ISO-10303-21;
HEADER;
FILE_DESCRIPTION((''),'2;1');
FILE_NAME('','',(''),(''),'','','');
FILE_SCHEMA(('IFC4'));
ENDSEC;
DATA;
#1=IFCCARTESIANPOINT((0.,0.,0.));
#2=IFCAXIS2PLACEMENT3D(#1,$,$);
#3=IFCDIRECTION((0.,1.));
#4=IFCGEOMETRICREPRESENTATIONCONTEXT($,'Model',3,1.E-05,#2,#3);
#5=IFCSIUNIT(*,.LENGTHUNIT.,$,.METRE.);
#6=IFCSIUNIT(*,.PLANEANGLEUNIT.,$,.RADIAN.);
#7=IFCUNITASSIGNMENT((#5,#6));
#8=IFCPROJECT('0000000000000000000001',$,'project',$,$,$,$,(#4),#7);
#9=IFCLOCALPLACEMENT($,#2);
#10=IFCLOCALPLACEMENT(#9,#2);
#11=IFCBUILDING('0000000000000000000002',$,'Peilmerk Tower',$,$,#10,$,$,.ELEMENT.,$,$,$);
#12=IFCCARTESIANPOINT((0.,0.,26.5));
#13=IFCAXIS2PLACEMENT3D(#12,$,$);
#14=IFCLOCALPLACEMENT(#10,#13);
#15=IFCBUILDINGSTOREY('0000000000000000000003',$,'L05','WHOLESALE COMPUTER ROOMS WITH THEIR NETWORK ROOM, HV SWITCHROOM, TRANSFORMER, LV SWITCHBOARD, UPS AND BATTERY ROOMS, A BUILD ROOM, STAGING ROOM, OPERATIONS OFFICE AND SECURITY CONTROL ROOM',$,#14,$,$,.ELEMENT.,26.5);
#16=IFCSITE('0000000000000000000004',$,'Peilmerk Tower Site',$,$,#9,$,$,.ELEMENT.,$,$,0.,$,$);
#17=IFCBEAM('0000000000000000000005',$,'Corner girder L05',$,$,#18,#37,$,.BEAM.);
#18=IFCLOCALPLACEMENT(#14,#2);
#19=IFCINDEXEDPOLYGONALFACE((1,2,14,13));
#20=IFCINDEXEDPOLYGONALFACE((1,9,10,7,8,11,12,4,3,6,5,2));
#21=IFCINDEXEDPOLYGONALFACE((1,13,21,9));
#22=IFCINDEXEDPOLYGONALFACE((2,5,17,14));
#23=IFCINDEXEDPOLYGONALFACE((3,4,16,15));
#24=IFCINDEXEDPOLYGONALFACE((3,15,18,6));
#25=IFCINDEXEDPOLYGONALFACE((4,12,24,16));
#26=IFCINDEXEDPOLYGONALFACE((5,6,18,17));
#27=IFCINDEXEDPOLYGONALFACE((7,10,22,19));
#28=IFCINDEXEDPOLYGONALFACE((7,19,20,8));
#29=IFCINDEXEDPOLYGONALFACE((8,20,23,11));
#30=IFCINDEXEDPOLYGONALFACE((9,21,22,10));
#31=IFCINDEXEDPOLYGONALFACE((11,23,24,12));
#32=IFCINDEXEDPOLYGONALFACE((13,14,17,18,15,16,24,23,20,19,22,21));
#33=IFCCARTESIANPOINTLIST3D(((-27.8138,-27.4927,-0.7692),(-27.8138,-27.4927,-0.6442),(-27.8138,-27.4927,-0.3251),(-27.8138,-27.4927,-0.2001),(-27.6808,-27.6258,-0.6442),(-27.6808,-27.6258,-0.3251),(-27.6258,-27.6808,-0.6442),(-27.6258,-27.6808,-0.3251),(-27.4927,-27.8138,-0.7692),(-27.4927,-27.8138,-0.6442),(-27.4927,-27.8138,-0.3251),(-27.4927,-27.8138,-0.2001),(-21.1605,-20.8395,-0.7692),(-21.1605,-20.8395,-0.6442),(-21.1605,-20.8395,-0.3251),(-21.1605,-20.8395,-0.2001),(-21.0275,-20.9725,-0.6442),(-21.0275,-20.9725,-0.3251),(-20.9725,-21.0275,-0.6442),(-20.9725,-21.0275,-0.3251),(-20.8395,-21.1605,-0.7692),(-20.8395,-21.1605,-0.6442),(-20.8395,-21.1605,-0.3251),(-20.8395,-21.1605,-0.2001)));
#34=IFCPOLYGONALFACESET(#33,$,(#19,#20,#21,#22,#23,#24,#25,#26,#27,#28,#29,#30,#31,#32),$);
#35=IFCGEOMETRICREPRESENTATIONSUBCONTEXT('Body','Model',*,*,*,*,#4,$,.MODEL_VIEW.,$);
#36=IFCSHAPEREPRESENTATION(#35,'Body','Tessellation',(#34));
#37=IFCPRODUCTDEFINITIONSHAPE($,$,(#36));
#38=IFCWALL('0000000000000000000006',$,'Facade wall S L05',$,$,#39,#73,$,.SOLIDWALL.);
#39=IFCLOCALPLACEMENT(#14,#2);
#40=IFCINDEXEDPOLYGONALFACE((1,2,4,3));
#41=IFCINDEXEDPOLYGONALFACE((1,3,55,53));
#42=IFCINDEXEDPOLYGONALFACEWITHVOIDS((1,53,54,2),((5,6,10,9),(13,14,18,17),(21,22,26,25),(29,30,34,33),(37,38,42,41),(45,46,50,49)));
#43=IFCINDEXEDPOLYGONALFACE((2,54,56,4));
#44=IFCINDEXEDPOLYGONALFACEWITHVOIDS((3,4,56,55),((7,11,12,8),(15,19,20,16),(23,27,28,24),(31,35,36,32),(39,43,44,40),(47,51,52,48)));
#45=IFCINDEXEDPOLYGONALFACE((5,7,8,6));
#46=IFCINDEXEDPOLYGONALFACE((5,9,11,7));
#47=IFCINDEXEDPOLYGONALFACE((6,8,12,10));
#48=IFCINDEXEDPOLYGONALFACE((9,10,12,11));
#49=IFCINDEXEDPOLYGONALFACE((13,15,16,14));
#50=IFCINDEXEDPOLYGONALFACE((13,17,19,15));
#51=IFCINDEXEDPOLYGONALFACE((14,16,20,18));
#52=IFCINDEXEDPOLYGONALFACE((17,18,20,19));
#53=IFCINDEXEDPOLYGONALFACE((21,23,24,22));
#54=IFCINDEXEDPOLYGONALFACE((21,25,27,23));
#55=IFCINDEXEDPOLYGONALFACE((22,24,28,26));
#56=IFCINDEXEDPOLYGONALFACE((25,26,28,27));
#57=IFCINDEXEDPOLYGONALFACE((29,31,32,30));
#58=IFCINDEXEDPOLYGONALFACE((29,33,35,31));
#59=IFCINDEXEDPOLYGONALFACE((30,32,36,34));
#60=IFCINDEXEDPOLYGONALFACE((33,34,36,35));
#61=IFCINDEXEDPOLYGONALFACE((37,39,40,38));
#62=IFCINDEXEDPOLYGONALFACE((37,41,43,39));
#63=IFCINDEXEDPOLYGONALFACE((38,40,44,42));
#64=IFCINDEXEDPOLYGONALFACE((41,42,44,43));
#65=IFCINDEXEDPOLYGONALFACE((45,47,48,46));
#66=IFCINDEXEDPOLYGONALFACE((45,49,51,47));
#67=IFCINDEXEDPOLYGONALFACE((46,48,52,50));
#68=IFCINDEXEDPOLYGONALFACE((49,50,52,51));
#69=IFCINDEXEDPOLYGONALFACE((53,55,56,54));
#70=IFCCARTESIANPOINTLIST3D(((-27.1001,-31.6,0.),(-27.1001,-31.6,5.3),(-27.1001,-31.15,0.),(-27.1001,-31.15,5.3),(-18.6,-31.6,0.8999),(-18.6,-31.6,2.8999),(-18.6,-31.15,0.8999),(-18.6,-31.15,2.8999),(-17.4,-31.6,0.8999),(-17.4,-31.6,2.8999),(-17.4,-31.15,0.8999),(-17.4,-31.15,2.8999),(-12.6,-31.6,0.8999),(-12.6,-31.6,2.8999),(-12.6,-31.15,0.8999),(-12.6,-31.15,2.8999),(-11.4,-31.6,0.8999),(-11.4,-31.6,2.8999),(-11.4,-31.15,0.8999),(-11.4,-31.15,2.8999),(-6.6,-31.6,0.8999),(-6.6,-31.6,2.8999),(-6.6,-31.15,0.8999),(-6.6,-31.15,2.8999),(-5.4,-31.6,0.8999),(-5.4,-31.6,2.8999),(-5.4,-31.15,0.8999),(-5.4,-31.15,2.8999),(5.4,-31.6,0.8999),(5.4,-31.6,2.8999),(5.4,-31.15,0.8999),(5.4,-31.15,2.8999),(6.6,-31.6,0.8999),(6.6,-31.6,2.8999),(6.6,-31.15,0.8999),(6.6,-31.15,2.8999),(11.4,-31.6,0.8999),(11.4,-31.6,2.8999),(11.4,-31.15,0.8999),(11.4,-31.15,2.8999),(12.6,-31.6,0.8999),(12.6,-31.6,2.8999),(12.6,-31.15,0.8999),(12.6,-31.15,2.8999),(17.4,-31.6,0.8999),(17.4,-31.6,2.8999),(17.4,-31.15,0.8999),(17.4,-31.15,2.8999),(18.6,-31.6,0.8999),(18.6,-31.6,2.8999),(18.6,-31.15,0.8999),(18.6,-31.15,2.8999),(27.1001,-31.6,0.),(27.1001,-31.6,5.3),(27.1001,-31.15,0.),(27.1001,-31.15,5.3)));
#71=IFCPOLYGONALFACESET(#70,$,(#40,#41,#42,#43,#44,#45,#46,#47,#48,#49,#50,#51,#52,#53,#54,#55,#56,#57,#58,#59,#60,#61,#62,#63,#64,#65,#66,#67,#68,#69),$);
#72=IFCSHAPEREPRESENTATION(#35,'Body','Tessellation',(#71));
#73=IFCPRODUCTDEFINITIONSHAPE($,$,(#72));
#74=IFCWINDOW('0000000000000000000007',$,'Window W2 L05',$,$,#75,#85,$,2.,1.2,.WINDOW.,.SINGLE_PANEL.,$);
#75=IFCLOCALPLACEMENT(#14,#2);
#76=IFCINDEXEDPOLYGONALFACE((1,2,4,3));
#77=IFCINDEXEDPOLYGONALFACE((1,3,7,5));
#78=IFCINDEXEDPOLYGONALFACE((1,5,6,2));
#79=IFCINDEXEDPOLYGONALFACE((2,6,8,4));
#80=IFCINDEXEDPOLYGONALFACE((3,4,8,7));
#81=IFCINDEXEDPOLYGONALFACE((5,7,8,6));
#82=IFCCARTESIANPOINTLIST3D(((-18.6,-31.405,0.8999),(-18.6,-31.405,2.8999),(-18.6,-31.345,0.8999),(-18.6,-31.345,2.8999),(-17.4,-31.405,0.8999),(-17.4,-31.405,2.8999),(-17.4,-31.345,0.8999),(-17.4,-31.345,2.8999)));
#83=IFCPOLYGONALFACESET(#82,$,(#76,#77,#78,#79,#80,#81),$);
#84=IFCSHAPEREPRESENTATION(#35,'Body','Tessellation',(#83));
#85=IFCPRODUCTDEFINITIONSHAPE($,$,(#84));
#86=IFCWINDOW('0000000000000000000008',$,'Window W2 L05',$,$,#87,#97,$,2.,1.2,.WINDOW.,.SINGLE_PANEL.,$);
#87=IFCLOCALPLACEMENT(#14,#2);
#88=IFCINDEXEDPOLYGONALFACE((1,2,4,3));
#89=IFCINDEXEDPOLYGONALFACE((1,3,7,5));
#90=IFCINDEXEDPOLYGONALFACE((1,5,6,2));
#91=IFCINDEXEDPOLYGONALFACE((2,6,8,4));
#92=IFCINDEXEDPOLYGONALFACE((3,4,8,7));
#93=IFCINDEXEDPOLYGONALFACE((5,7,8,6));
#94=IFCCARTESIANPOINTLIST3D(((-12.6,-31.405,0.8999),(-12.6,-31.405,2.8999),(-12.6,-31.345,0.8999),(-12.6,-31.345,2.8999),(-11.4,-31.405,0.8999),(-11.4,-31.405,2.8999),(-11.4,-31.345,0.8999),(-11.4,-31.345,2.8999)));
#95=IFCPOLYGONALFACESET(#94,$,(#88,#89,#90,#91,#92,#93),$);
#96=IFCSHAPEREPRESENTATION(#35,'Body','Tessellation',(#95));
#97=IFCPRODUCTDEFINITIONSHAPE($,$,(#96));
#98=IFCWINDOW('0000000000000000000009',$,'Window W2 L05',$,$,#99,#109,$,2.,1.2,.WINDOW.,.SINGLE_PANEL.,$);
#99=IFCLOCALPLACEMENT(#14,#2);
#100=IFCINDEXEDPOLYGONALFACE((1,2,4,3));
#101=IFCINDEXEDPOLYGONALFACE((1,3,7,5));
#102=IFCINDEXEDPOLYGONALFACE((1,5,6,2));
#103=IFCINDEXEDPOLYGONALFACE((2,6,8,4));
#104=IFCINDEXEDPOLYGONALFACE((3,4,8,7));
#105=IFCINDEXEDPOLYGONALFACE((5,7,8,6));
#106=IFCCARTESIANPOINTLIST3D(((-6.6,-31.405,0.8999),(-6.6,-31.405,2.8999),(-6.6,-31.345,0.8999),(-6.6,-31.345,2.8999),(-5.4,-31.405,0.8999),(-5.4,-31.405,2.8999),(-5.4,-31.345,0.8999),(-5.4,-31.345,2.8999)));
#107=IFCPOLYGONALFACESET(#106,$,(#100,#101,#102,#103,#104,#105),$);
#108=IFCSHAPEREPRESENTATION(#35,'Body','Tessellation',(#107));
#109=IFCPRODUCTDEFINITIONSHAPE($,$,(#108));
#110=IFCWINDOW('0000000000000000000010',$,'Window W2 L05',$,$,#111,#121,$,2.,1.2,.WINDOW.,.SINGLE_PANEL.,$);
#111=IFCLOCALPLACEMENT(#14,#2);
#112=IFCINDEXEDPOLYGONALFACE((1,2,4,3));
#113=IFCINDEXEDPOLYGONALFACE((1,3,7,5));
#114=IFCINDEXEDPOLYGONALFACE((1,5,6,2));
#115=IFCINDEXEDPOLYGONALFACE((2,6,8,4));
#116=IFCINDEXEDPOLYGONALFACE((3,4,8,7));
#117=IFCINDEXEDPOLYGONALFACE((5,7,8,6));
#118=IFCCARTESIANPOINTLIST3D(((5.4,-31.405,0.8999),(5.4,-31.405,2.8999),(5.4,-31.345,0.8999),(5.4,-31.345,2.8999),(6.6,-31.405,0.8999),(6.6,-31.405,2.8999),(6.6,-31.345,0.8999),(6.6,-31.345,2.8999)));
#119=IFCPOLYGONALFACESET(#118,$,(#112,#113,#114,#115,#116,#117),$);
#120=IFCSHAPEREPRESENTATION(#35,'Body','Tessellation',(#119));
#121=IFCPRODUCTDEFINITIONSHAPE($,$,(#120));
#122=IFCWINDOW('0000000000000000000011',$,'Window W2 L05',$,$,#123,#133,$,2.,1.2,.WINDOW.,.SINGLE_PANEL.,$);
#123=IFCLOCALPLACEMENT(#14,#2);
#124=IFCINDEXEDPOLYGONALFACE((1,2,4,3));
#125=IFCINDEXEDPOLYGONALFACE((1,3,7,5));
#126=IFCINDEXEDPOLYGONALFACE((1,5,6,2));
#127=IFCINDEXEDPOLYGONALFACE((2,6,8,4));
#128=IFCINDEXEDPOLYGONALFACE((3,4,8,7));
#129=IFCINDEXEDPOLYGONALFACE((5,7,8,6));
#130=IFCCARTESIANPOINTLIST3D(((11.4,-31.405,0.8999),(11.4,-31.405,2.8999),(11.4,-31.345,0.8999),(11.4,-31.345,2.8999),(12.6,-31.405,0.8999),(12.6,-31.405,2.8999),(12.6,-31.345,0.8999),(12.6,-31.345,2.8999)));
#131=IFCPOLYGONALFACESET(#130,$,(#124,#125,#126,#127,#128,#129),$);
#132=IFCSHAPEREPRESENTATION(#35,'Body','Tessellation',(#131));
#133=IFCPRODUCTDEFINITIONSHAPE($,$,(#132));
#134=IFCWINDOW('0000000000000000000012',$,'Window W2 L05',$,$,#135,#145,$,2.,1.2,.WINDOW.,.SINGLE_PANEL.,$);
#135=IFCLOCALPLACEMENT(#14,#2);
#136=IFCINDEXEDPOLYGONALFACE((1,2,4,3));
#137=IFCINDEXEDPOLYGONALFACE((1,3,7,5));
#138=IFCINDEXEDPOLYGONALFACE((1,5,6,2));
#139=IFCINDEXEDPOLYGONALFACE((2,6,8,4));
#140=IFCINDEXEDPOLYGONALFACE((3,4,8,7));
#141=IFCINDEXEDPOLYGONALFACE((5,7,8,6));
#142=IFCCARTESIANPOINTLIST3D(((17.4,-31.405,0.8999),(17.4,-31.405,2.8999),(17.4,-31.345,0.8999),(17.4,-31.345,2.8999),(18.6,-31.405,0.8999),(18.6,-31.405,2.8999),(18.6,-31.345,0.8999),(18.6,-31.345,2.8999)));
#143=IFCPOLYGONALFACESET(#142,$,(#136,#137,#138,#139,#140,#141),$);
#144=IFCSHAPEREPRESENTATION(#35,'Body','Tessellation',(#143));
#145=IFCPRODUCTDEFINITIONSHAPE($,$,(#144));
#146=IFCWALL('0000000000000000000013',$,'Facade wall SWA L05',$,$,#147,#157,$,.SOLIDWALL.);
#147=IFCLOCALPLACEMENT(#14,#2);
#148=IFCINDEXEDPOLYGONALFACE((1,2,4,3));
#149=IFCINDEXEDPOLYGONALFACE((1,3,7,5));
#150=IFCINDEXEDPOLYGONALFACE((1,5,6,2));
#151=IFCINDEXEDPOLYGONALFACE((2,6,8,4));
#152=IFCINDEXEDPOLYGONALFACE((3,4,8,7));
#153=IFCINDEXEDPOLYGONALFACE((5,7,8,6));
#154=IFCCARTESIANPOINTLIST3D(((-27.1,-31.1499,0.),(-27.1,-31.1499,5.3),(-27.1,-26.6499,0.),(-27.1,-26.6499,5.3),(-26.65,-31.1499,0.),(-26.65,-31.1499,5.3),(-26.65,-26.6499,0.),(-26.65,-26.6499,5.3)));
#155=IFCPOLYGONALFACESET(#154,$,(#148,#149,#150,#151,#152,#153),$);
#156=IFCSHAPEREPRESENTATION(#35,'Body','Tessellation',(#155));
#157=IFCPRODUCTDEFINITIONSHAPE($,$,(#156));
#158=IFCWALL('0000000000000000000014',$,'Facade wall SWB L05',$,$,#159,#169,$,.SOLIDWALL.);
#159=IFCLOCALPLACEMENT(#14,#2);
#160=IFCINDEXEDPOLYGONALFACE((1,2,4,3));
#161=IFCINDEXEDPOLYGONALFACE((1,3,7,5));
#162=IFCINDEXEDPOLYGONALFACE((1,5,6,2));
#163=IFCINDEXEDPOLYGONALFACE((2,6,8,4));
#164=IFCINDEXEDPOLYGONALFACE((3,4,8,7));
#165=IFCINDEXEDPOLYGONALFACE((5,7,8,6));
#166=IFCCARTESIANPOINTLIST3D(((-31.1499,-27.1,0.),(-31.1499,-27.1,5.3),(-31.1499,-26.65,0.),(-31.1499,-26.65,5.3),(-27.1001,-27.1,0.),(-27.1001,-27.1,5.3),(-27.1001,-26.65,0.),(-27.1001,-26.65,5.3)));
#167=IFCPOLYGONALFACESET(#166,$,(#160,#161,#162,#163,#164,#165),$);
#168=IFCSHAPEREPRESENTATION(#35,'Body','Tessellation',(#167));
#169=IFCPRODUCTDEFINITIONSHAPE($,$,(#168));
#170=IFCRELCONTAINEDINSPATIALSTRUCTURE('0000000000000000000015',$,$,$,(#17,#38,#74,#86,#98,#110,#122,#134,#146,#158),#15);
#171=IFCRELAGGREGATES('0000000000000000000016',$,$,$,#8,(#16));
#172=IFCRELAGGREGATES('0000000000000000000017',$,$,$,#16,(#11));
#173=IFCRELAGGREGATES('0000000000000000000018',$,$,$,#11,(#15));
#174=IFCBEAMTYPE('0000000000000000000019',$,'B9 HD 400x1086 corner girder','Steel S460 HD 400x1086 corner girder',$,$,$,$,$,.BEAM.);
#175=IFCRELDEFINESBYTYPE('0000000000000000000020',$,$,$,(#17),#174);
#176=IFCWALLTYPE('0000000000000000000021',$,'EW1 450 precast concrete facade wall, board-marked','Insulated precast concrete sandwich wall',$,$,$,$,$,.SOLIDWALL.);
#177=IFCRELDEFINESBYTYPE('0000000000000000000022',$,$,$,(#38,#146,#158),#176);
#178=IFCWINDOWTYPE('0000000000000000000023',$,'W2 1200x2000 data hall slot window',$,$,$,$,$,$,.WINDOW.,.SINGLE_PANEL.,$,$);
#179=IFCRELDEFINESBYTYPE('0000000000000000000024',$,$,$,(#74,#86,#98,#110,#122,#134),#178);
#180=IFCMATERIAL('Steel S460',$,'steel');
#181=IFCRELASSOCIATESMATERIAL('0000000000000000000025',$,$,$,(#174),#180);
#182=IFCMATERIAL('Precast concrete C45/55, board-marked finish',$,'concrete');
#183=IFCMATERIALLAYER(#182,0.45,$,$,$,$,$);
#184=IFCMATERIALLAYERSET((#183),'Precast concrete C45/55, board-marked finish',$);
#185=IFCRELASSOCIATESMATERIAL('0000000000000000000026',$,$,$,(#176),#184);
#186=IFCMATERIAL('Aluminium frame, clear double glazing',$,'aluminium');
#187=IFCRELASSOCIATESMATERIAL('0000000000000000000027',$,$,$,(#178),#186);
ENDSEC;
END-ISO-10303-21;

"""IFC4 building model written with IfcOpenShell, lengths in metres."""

from ifc_helpers import new_model, si_unit, direction, frame, frame_2d, origin, origin_2d, place, context, subcontext, project, spatial, rectangle, i_section, extrude, material, layer, layer_set, material_profile, profile_set, type_object, element, fill, save


model = new_model("IFC4")

# Units and contexts
model_context = context("Model", 3, precision=1e-05, world=origin(), true_north=direction((0.0, 1.0)))
body_context = subcontext(model_context, "Body", "Model", "MODEL_VIEW")
ifc_project = project(units=[si_unit("LENGTHUNIT", "METRE"), si_unit("PLANEANGLEUNIT", "RADIAN")], contexts=[model_context])

# Site, building, storey
site_placement = place(None, origin())
site = spatial("IfcSite", under=ifc_project, at=site_placement, Name="Peilmerk Tower Site", CompositionType="ELEMENT", RefElevation=0.0)
building_placement = place(site_placement, origin())
building = spatial("IfcBuilding", under=site, at=building_placement, Name="Peilmerk Tower", CompositionType="ELEMENT")
storey_placement = place(building_placement, frame((0.0, 0.0, 26.5)))
storey = spatial("IfcBuildingStorey", under=building, at=storey_placement, Name="L05", Description="WHOLESALE COMPUTER ROOMS WITH THEIR NETWORK ROOM, HV SWITCHROOM, TRANSFORMER, LV SWITCHBOARD, UPS AND BATTERY ROOMS, A BUILD ROOM, STAGING ROOM, OPERATIONS OFFICE AND SECURITY CONTROL ROOM", CompositionType="ELEMENT", Elevation=26.5)

# Beam
ifc_material_1 = material(Name="Steel S460", Category="steel")
ifc_material_profile_1 = material_profile(ifc_material_1, i_section(OverallWidth=0.4541, OverallDepth=0.5691, WebThickness=0.0779, FlangeThickness=0.125, at=origin_2d()), Name="HD 400x1086")
ifc_profile_set_1 = profile_set([ifc_material_profile_1], Name="Steel S460")
beam_type_1 = type_object("IfcBeamType", Name="B9 HD 400x1086 corner girder", Description="Steel S460 HD 400x1086 corner girder", PredefinedType="BEAM", material=ifc_profile_set_1)
beam_1_placement = place(storey_placement, frame((-21.0, -21.0, -0.4846), z_axis=(-0.707107, -0.707107, 0.0), x_axis=(0.707107, -0.707107, 0.0)))
element("IfcBeam", 1, at=beam_1_placement, inside=storey, type_object=beam_type_1, Name="Corner girder L05", PredefinedType="BEAM", context=body_context, shape_type="SweptSolid", body=[
    extrude(i_section(OverallWidth=0.4541, OverallDepth=0.5691, WebThickness=0.0779, FlangeThickness=0.125, at=origin_2d()), origin(), (0.0, 0.0, 1.0), 9.4092),
])

# Wall, openings, windows
ifc_material_2 = material(Name="Precast concrete C45/55, board-marked finish", Category="concrete")
ifc_layer = layer(ifc_material_2, 0.45)
ifc_layer_set = layer_set([ifc_layer], Name="Precast concrete C45/55, board-marked finish")
wall_type = type_object("IfcWallType", Name="EW1 450 precast concrete facade wall, board-marked", Description="Insulated precast concrete sandwich wall", PredefinedType="SOLIDWALL", material=ifc_layer_set)
wall_1_placement = place(storey_placement, frame((-27.1001, -31.375, 0.0), z_axis=(0.0, 0.0, 1.0), x_axis=(1.0, 0.0, 0.0)))
wall_1 = element("IfcWall", 2, at=wall_1_placement, inside=storey, type_object=wall_type, Name="Facade wall S L05", PredefinedType="SOLIDWALL", context=body_context, shape_type="SweptSolid", body=[
    extrude(rectangle(XDim=54.2002, YDim=0.45, at=frame_2d((27.1001, 0.0))), origin(), (0.0, 0.0, 1.0), 5.3),
])
opening_1_placement = place(wall_1_placement, frame((8.5, 0.0, 0.8999)))
opening_1 = element("IfcOpeningElement", 3, at=opening_1_placement, cuts=wall_1, PredefinedType="OPENING", context=body_context, shape_type="SweptSolid", body=[
    extrude(rectangle(XDim=1.2, YDim=2.0, at=frame_2d((0.6001, 1.0))), frame((0.0, 0.2349, 0.0), z_axis=(0.0, -1.0, 0.0), x_axis=(1.0, 0.0, 0.0)), (0.0, 0.0, 1.0), 0.47),
])
opening_2_placement = place(wall_1_placement, frame((14.5, 0.0, 0.8999)))
opening_2 = element("IfcOpeningElement", 4, at=opening_2_placement, cuts=wall_1, PredefinedType="OPENING", context=body_context, shape_type="SweptSolid", body=[
    extrude(rectangle(XDim=1.2, YDim=2.0, at=frame_2d((0.6001, 1.0))), frame((0.0, 0.2349, 0.0), z_axis=(0.0, -1.0, 0.0), x_axis=(1.0, 0.0, 0.0)), (0.0, 0.0, 1.0), 0.47),
])
opening_3_placement = place(wall_1_placement, frame((20.5, 0.0, 0.8999)))
opening_3 = element("IfcOpeningElement", 5, at=opening_3_placement, cuts=wall_1, PredefinedType="OPENING", context=body_context, shape_type="SweptSolid", body=[
    extrude(rectangle(XDim=1.2, YDim=2.0, at=frame_2d((0.6001, 1.0))), frame((0.0, 0.2349, 0.0), z_axis=(0.0, -1.0, 0.0), x_axis=(1.0, 0.0, 0.0)), (0.0, 0.0, 1.0), 0.47),
])
opening_4_placement = place(wall_1_placement, frame((32.5, 0.0, 0.8999)))
opening_4 = element("IfcOpeningElement", 6, at=opening_4_placement, cuts=wall_1, PredefinedType="OPENING", context=body_context, shape_type="SweptSolid", body=[
    extrude(rectangle(XDim=1.2, YDim=2.0, at=frame_2d((0.6001, 1.0))), frame((0.0, 0.2349, 0.0), z_axis=(0.0, -1.0, 0.0), x_axis=(1.0, 0.0, 0.0)), (0.0, 0.0, 1.0), 0.47),
])
opening_5_placement = place(wall_1_placement, frame((38.5, 0.0, 0.8999)))
opening_5 = element("IfcOpeningElement", 7, at=opening_5_placement, cuts=wall_1, PredefinedType="OPENING", context=body_context, shape_type="SweptSolid", body=[
    extrude(rectangle(XDim=1.2, YDim=2.0, at=frame_2d((0.6001, 1.0))), frame((0.0, 0.2349, 0.0), z_axis=(0.0, -1.0, 0.0), x_axis=(1.0, 0.0, 0.0)), (0.0, 0.0, 1.0), 0.47),
])
opening_6_placement = place(wall_1_placement, frame((44.5, 0.0, 0.8999)))
opening_6 = element("IfcOpeningElement", 8, at=opening_6_placement, cuts=wall_1, PredefinedType="OPENING", context=body_context, shape_type="SweptSolid", body=[
    extrude(rectangle(XDim=1.2, YDim=2.0, at=frame_2d((0.6001, 1.0))), frame((0.0, 0.2349, 0.0), z_axis=(0.0, -1.0, 0.0), x_axis=(1.0, 0.0, 0.0)), (0.0, 0.0, 1.0), 0.47),
])
ifc_material_3 = material(Name="Aluminium frame, clear double glazing", Category="aluminium")
window_type = type_object("IfcWindowType", Name="W2 1200x2000 data hall slot window", PartitioningType="SINGLE_PANEL", PredefinedType="WINDOW", material=ifc_material_3)
window_1_placement = place(opening_1_placement, origin())
window_1 = element("IfcWindow", 9, at=window_1_placement, inside=storey, type_object=window_type, Name="Window W2 L05", OverallHeight=2.0, OverallWidth=1.2, PartitioningType="SINGLE_PANEL", PredefinedType="WINDOW", context=body_context, shape_type="SweptSolid", body=[
    extrude(rectangle(XDim=1.2, YDim=2.0, at=frame_2d((0.6001, 1.0))), frame((0.0, 0.03, 0.0), z_axis=(0.0, -1.0, 0.0), x_axis=(1.0, 0.0, 0.0)), (0.0, 0.0, 1.0), 0.0601),
])
fill(opening_1, window_1)
window_2_placement = place(opening_2_placement, origin())
window_2 = element("IfcWindow", 10, at=window_2_placement, inside=storey, type_object=window_type, Name="Window W2 L05", OverallHeight=2.0, OverallWidth=1.2, PartitioningType="SINGLE_PANEL", PredefinedType="WINDOW", context=body_context, shape_type="SweptSolid", body=[
    extrude(rectangle(XDim=1.2, YDim=2.0, at=frame_2d((0.6001, 1.0))), frame((0.0, 0.03, 0.0), z_axis=(0.0, -1.0, 0.0), x_axis=(1.0, 0.0, 0.0)), (0.0, 0.0, 1.0), 0.0601),
])
fill(opening_2, window_2)
window_3_placement = place(opening_3_placement, origin())
window_3 = element("IfcWindow", 11, at=window_3_placement, inside=storey, type_object=window_type, Name="Window W2 L05", OverallHeight=2.0, OverallWidth=1.2, PartitioningType="SINGLE_PANEL", PredefinedType="WINDOW", context=body_context, shape_type="SweptSolid", body=[
    extrude(rectangle(XDim=1.2, YDim=2.0, at=frame_2d((0.6001, 1.0))), frame((0.0, 0.03, 0.0), z_axis=(0.0, -1.0, 0.0), x_axis=(1.0, 0.0, 0.0)), (0.0, 0.0, 1.0), 0.0601),
])
fill(opening_3, window_3)
window_4_placement = place(opening_4_placement, origin())
window_4 = element("IfcWindow", 12, at=window_4_placement, inside=storey, type_object=window_type, Name="Window W2 L05", OverallHeight=2.0, OverallWidth=1.2, PartitioningType="SINGLE_PANEL", PredefinedType="WINDOW", context=body_context, shape_type="SweptSolid", body=[
    extrude(rectangle(XDim=1.2, YDim=2.0, at=frame_2d((0.6001, 1.0))), frame((0.0, 0.03, 0.0), z_axis=(0.0, -1.0, 0.0), x_axis=(1.0, 0.0, 0.0)), (0.0, 0.0, 1.0), 0.0601),
])
fill(opening_4, window_4)
window_5_placement = place(opening_5_placement, origin())
window_5 = element("IfcWindow", 13, at=window_5_placement, inside=storey, type_object=window_type, Name="Window W2 L05", OverallHeight=2.0, OverallWidth=1.2, PartitioningType="SINGLE_PANEL", PredefinedType="WINDOW", context=body_context, shape_type="SweptSolid", body=[
    extrude(rectangle(XDim=1.2, YDim=2.0, at=frame_2d((0.6001, 1.0))), frame((0.0, 0.03, 0.0), z_axis=(0.0, -1.0, 0.0), x_axis=(1.0, 0.0, 0.0)), (0.0, 0.0, 1.0), 0.0601),
])
fill(opening_5, window_5)
window_6_placement = place(opening_6_placement, origin())
window_6 = element("IfcWindow", 14, at=window_6_placement, inside=storey, type_object=window_type, Name="Window W2 L05", OverallHeight=2.0, OverallWidth=1.2, PartitioningType="SINGLE_PANEL", PredefinedType="WINDOW", context=body_context, shape_type="SweptSolid", body=[
    extrude(rectangle(XDim=1.2, YDim=2.0, at=frame_2d((0.6001, 1.0))), frame((0.0, 0.03, 0.0), z_axis=(0.0, -1.0, 0.0), x_axis=(1.0, 0.0, 0.0)), (0.0, 0.0, 1.0), 0.0601),
])
fill(opening_6, window_6)

# Walls
wall_2_placement = place(storey_placement, frame((-26.875, -26.6499, 0.0), z_axis=(0.0, 0.0, 1.0), x_axis=(0.0, -1.0, 0.0)))
element("IfcWall", 15, at=wall_2_placement, inside=storey, type_object=wall_type, Name="Facade wall SWA L05", PredefinedType="SOLIDWALL", context=body_context, shape_type="SweptSolid", body=[
    extrude(rectangle(XDim=4.5, YDim=0.45, at=frame_2d((2.25, 0.0))), origin(), (0.0, 0.0, 1.0), 5.3),
])
wall_3_placement = place(storey_placement, frame((-27.1001, -26.875, 0.0), z_axis=(0.0, 0.0, 1.0), x_axis=(-1.0, 0.0, 0.0)))
element("IfcWall", 16, at=wall_3_placement, inside=storey, type_object=wall_type, Name="Facade wall SWB L05", PredefinedType="SOLIDWALL", context=body_context, shape_type="SweptSolid", body=[
    extrude(rectangle(XDim=4.0498, YDim=0.45, at=frame_2d((2.0249, 0.0))), origin(), (0.0, 0.0, 1.0), 5.3),
])

save(model, "model.ifc")
